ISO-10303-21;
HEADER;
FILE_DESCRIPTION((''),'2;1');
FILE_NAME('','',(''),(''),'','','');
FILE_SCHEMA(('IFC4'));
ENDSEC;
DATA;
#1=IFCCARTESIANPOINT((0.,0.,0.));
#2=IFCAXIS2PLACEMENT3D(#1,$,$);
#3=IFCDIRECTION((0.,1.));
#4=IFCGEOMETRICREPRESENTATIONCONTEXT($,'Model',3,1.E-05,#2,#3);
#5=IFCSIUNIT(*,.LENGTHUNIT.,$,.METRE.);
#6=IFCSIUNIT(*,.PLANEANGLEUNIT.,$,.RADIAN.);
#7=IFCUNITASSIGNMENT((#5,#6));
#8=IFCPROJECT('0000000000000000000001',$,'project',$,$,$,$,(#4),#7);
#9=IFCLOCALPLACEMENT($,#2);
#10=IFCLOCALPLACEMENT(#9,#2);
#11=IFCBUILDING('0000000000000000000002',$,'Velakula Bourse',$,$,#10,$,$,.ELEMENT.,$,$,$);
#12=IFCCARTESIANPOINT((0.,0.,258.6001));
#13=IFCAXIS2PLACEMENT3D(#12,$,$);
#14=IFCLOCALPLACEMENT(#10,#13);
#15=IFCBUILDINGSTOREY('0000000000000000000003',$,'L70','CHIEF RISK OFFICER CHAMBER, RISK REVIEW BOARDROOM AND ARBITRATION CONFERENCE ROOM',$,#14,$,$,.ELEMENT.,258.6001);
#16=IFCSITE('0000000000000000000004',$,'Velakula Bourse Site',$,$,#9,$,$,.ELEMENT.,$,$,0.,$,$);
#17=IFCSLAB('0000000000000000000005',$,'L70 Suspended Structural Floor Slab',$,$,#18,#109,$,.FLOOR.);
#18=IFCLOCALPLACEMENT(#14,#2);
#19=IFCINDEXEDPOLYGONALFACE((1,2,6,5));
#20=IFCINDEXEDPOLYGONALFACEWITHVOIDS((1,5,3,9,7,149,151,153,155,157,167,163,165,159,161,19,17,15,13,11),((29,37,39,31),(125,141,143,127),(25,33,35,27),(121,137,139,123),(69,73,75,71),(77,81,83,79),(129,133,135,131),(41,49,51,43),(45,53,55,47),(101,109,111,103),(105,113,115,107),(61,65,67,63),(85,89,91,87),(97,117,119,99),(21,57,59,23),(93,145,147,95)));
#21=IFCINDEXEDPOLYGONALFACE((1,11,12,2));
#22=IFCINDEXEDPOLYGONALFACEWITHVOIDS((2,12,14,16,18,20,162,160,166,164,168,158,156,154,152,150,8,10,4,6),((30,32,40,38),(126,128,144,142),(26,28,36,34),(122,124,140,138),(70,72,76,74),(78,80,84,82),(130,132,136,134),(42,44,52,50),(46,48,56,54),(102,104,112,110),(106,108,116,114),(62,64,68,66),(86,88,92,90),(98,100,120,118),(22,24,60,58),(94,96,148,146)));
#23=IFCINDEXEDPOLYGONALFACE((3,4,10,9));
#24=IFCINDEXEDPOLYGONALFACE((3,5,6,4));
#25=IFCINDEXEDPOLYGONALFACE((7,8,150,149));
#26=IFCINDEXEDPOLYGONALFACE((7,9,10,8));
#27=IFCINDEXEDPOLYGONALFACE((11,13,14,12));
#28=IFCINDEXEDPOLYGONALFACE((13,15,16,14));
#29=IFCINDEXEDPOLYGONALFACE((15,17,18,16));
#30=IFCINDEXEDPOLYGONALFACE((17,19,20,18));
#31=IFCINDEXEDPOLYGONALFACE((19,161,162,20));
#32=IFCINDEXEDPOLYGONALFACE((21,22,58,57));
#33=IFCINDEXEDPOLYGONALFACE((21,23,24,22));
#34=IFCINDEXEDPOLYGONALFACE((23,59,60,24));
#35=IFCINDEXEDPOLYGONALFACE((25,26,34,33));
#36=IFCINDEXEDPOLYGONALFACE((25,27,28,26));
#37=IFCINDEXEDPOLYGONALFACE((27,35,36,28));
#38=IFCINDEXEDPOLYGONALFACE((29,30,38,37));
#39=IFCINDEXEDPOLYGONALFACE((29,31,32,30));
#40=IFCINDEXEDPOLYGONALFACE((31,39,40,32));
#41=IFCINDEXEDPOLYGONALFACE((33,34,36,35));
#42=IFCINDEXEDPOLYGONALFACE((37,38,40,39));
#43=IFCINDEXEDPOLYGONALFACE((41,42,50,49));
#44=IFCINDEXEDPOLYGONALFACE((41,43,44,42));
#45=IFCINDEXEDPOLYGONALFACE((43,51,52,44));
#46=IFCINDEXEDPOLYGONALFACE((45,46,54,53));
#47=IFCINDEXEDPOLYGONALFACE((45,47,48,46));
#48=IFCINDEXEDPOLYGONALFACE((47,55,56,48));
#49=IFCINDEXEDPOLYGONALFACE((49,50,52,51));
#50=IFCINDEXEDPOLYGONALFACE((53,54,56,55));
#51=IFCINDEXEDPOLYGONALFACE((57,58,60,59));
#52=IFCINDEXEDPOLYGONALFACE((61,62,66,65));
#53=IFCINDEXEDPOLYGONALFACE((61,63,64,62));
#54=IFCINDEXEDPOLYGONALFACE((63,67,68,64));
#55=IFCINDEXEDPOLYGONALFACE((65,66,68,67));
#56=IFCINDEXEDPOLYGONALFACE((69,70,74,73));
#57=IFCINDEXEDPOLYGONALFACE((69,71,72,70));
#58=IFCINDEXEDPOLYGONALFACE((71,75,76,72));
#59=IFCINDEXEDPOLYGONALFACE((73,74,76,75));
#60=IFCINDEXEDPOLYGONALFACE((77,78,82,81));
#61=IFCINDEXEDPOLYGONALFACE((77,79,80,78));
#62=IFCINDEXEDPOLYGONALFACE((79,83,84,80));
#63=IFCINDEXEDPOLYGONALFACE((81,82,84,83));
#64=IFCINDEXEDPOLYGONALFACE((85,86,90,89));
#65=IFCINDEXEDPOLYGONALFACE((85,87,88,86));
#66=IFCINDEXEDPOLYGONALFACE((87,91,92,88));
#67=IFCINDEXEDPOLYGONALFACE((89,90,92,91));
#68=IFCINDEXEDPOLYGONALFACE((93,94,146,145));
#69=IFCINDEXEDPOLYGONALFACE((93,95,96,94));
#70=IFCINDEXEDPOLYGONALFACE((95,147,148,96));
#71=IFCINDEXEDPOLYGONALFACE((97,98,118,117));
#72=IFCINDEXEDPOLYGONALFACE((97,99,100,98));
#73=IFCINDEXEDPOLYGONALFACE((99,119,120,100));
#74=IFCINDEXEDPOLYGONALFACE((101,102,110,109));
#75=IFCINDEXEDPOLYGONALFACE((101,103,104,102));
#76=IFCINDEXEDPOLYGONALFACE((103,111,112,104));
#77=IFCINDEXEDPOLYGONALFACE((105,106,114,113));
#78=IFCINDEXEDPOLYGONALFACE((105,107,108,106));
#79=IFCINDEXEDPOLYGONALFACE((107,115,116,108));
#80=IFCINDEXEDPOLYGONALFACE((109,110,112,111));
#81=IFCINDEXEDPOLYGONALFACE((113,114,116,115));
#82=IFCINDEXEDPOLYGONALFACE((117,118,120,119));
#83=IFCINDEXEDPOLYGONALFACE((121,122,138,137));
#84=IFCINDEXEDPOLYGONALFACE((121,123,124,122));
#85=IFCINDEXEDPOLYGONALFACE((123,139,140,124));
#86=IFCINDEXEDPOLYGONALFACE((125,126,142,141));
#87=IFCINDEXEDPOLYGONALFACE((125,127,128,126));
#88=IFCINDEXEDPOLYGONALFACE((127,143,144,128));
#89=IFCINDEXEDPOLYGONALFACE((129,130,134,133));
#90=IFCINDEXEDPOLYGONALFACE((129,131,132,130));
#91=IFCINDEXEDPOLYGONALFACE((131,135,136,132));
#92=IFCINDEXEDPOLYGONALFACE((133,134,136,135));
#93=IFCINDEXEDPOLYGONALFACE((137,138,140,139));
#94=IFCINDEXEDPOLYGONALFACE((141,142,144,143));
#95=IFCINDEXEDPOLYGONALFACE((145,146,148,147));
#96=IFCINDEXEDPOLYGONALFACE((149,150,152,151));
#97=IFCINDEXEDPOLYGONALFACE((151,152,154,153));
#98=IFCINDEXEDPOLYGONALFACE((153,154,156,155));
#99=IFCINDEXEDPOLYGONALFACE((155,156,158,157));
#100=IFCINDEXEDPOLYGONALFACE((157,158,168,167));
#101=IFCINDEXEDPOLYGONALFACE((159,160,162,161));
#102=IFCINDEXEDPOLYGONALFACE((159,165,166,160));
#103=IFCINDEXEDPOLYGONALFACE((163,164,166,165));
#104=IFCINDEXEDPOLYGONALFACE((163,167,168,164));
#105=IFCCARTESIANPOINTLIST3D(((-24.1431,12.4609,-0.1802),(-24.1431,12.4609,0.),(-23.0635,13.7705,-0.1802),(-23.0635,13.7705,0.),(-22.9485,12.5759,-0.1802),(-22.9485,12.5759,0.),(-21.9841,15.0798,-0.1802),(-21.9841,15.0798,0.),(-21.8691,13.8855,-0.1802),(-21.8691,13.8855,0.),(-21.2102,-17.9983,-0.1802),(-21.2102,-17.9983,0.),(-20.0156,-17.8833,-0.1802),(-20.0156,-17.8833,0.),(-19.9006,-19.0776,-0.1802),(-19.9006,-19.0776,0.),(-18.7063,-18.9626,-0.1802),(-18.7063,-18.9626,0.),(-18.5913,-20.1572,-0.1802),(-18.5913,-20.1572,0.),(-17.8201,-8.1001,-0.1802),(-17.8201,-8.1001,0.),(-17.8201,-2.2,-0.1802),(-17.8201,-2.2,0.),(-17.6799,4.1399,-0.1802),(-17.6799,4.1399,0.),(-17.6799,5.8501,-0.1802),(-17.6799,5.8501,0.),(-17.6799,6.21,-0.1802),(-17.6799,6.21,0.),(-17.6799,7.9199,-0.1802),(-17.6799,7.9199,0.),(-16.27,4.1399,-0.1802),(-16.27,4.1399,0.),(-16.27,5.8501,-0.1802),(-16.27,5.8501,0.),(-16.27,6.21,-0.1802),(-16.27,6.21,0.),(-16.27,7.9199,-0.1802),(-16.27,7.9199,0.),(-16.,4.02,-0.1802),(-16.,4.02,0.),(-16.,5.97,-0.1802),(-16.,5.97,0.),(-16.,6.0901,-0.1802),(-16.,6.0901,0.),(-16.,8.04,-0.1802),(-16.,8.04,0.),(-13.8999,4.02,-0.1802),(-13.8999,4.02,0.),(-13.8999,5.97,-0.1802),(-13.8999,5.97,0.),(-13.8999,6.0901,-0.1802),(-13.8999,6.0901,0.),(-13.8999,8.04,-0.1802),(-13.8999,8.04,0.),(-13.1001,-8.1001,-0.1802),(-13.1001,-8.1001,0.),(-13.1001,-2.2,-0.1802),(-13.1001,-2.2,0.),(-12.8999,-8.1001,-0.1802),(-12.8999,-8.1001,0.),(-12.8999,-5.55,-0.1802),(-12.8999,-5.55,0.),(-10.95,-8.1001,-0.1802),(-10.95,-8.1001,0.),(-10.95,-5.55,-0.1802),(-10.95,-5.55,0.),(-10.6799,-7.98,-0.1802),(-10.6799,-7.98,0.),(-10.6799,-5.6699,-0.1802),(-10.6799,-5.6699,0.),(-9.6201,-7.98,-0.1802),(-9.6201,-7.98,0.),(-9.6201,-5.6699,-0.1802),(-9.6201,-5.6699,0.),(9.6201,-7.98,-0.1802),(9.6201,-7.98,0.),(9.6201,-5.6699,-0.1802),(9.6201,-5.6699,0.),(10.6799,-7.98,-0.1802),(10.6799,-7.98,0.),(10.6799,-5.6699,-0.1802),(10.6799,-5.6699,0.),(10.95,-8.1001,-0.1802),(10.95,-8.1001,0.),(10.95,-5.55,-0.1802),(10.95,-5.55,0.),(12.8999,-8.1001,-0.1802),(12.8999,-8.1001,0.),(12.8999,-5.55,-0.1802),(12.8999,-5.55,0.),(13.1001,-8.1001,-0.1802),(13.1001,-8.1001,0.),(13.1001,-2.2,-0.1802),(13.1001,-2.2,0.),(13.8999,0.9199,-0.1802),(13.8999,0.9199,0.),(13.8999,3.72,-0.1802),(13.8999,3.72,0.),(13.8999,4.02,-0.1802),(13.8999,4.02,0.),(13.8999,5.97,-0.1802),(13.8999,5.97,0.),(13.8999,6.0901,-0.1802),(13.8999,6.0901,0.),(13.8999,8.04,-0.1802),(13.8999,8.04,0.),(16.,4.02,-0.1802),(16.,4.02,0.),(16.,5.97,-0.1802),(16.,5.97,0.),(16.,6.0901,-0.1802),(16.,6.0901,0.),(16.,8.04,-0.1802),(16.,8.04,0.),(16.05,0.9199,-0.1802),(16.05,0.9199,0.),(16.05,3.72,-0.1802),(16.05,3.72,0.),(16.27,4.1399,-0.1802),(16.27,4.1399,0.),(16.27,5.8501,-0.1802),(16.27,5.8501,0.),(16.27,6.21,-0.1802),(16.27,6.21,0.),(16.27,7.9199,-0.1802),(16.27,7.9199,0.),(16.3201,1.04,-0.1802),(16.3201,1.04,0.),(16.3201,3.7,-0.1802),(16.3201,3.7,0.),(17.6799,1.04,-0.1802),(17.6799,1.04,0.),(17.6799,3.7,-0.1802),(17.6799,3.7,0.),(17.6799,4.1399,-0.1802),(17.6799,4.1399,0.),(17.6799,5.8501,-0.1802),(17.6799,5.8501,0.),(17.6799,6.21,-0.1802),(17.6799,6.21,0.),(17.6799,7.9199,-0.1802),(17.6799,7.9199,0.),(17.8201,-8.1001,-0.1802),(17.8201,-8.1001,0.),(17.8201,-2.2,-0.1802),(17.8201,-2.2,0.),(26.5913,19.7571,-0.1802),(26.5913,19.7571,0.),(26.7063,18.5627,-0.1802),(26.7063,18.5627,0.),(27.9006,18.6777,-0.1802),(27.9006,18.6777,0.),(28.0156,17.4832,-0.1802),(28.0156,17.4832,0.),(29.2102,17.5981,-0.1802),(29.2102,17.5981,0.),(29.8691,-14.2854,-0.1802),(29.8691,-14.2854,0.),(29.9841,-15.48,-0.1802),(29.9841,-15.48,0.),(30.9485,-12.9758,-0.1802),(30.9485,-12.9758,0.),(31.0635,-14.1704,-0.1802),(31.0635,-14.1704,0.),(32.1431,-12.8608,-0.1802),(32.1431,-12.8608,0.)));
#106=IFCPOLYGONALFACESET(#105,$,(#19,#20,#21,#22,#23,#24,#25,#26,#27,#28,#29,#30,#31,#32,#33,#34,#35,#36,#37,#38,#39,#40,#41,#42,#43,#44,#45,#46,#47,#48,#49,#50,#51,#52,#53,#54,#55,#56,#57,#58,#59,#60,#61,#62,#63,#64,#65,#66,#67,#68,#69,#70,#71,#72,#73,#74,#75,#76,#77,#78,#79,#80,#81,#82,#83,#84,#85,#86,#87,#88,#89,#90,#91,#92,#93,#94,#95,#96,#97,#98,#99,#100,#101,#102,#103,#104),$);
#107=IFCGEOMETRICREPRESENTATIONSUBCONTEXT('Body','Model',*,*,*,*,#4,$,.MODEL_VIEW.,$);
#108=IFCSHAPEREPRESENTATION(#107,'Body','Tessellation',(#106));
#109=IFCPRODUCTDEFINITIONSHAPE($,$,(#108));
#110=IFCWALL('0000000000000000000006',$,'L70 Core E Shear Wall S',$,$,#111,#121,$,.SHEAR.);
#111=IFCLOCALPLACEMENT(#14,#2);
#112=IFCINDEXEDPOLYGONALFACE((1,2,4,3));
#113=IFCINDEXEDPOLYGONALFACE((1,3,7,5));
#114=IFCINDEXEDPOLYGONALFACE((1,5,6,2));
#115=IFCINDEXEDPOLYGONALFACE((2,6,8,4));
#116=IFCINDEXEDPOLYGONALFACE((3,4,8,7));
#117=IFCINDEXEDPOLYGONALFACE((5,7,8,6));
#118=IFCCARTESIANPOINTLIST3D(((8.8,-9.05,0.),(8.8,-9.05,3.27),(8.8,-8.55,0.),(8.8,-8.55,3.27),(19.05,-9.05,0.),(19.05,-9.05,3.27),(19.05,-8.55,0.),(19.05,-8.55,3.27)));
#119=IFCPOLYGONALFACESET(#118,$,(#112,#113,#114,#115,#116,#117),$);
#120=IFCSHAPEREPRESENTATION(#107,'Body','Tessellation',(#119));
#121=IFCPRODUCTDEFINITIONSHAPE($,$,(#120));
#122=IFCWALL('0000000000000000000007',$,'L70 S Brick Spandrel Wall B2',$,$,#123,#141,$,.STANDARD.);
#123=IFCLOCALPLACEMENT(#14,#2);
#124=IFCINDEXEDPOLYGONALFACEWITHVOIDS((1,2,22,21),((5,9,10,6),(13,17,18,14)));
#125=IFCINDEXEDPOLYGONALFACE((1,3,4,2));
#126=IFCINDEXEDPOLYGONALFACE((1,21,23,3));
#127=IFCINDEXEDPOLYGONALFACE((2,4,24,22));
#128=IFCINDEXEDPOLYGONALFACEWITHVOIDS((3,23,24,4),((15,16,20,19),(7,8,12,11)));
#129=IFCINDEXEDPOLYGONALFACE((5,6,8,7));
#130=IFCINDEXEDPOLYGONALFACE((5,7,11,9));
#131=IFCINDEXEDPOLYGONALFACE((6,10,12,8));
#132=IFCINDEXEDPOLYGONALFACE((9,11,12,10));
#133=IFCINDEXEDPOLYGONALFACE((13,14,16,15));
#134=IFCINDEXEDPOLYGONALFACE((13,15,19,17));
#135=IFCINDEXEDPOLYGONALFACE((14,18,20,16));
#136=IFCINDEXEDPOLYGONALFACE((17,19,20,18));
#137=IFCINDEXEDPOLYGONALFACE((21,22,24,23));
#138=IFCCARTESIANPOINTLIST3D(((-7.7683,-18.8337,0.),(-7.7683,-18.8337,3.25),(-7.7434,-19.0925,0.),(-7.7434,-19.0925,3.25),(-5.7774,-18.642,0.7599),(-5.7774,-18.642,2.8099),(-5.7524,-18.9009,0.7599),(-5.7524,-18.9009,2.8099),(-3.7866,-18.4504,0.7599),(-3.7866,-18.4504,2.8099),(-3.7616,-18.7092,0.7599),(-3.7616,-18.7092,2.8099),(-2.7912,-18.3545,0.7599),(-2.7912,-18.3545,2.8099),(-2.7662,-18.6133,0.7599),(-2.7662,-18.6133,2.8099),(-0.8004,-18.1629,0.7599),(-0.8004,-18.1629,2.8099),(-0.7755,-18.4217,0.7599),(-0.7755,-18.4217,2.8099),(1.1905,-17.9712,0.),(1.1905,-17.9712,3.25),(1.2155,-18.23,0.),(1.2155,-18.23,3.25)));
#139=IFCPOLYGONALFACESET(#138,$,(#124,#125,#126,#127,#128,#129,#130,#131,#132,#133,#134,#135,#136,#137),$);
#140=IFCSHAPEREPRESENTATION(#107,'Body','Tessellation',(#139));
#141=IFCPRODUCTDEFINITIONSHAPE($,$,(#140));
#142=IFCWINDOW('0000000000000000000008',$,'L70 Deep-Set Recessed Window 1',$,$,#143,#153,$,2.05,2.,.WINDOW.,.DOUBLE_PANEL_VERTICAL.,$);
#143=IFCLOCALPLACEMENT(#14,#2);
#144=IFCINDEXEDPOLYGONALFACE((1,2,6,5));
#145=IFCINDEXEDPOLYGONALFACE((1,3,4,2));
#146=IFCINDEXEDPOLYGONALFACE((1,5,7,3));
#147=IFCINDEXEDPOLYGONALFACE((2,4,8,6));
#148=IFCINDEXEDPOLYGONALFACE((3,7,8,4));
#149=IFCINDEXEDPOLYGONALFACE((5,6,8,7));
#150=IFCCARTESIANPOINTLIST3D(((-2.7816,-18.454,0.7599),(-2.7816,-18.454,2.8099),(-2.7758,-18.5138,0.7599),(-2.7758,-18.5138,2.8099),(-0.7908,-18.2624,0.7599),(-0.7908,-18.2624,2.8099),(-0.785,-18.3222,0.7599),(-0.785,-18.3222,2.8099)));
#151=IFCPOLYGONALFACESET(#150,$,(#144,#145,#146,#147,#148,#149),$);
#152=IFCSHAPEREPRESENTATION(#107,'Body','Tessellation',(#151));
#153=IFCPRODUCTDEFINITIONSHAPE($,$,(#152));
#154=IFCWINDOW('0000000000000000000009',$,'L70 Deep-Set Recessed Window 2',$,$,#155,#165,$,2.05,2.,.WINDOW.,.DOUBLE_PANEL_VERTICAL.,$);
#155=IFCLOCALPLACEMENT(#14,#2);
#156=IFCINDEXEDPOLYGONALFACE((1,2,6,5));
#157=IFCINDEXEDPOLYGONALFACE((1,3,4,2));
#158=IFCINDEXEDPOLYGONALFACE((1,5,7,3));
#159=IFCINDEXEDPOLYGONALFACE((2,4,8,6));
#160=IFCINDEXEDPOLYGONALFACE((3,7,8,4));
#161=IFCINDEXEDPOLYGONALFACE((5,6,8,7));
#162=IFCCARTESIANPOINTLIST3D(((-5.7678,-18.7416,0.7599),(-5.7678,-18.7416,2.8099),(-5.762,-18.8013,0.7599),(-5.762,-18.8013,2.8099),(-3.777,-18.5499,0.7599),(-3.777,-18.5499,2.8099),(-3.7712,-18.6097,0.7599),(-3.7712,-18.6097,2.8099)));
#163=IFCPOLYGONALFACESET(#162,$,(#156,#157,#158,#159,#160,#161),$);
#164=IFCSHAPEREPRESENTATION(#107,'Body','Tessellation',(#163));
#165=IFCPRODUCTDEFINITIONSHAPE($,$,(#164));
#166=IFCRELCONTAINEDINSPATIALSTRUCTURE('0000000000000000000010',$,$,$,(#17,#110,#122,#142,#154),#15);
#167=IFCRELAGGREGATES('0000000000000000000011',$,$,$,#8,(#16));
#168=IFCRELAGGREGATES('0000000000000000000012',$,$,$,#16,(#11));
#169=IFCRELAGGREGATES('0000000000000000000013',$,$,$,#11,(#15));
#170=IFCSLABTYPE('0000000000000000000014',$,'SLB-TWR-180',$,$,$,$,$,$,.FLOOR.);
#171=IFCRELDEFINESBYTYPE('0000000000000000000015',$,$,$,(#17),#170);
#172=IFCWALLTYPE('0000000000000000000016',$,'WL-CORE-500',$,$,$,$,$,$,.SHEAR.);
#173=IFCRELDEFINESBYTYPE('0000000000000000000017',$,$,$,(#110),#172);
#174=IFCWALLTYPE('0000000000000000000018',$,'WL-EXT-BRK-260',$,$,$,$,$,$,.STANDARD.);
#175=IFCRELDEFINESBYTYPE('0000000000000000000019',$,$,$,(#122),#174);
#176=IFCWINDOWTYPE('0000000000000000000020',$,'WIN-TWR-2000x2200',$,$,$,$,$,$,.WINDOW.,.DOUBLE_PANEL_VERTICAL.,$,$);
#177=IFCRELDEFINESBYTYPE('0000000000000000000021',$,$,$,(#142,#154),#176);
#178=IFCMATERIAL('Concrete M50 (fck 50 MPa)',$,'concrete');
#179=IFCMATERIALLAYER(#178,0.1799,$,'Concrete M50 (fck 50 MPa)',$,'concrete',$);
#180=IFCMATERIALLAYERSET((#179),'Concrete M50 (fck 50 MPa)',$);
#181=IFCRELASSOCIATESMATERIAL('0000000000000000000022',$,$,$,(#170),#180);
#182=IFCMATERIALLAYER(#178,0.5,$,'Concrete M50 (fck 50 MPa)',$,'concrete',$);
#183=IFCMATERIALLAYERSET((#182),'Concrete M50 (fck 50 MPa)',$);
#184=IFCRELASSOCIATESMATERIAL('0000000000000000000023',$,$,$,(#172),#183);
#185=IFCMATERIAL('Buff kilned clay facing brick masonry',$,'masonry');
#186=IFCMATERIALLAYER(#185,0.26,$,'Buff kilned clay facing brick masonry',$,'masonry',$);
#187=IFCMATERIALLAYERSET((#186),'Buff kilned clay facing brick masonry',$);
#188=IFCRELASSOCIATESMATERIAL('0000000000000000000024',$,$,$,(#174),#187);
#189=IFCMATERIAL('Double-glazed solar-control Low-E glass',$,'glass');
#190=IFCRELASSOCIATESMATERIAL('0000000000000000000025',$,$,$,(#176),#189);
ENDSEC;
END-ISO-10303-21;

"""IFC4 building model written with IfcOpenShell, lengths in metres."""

from ifc_helpers import new_model, si_unit, direction, frame, frame_2d, origin, place, context, subcontext, project, spatial, polyline, rectangle, outline, extrude, material, layer, layer_set, type_object, element, fill, save


model = new_model("IFC4")

# Units and contexts
model_context = context("Model", 3, precision=1e-05, world=origin(), true_north=direction((0.0, 1.0)))
body_context = subcontext(model_context, "Body", "Model", "MODEL_VIEW")
ifc_project = project(units=[si_unit("LENGTHUNIT", "METRE"), si_unit("PLANEANGLEUNIT", "RADIAN")], contexts=[model_context])

# Site, building, storey
site_placement = place(None, origin())
site = spatial("IfcSite", under=ifc_project, at=site_placement, Name="Velakula Bourse Site", CompositionType="ELEMENT", RefElevation=0.0)
building_placement = place(site_placement, origin())
building = spatial("IfcBuilding", under=site, at=building_placement, Name="Velakula Bourse", CompositionType="ELEMENT")
storey_placement = place(building_placement, frame((0.0, 0.0, 258.6001)))
storey = spatial("IfcBuildingStorey", under=building, at=storey_placement, Name="L70", Description="CHIEF RISK OFFICER CHAMBER, RISK REVIEW BOARDROOM AND ARBITRATION CONFERENCE ROOM", CompositionType="ELEMENT", Elevation=258.6001)

# Slab
ifc_material_1 = material(Name="Concrete M50 (fck 50 MPa)", Category="concrete")
ifc_layer_1 = layer(ifc_material_1, 0.1799, Name="Concrete M50 (fck 50 MPa)", Category="concrete")
ifc_layer_set_1 = layer_set([ifc_layer_1], Name="Concrete M50 (fck 50 MPa)")
slab_type = type_object("IfcSlabType", Name="SLB-TWR-180", PredefinedType="FLOOR", material=ifc_layer_set_1)
slab_placement = place(storey_placement, frame((0.0, 0.0, -0.1802)))
element("IfcSlab", 1, at=slab_placement, inside=storey, type_object=slab_type, Name="L70 Suspended Structural Floor Slab", PredefinedType="FLOOR", context=body_context, shape_type="SweptSolid", body=[
    extrude(outline(polyline([(-18.5913, -20.1572), (29.9841, -15.48), (29.8691, -14.2854), (31.0635, -14.1704), (30.9485, -12.9758), (32.1431, -12.8608), (29.2102, 17.5981), (28.0156, 17.4832), (27.9006, 18.6777), (26.7063, 18.5627), (26.5913, 19.7571), (-21.9841, 15.0798), (-21.8691, 13.8855), (-23.0635, 13.7705), (-22.9485, 12.5759), (-24.1431, 12.4609), (-21.2102, -17.9983), (-20.0156, -17.8833), (-19.9006, -19.0776), (-18.7063, -18.9626), (-18.5913, -20.1572)]), holes=[polyline([(-17.8201, -8.1001), (-13.1001, -8.1001), (-13.1001, -2.2), (-17.8201, -2.2), (-17.8201, -8.1001)]), polyline([(13.1001, -8.1001), (17.8201, -8.1001), (17.8201, -2.2), (13.1001, -2.2), (13.1001, -8.1001)]), polyline([(-12.8999, -8.1001), (-10.95, -8.1001), (-10.95, -5.55), (-12.8999, -5.55), (-12.8999, -8.1001)]), polyline([(10.95, -8.1001), (12.8999, -8.1001), (12.8999, -5.55), (10.95, -5.55), (10.95, -8.1001)]), polyline([(13.8999, 0.9199), (16.05, 0.9199), (16.05, 3.72), (13.8999, 3.72), (13.8999, 0.9199)]), polyline([(-10.6799, -7.98), (-9.6201, -7.98), (-9.6201, -5.6699), (-10.6799, -5.6699), (-10.6799, -7.98)]), polyline([(-17.6799, 4.1399), (-16.27, 4.1399), (-16.27, 5.8501), (-17.6799, 5.8501), (-17.6799, 4.1399)]), polyline([(-17.6799, 6.21), (-16.27, 6.21), (-16.27, 7.9199), (-17.6799, 7.9199), (-17.6799, 6.21)]), polyline([(9.6201, -7.98), (10.6799, -7.98), (10.6799, -5.6699), (9.6201, -5.6699), (9.6201, -7.98)]), polyline([(16.27, 4.1399), (17.6799, 4.1399), (17.6799, 5.8501), (16.27, 5.8501), (16.27, 4.1399)]), polyline([(16.27, 6.21), (17.6799, 6.21), (17.6799, 7.9199), (16.27, 7.9199), (16.27, 6.21)]), polyline([(16.3201, 1.04), (17.6799, 1.04), (17.6799, 3.7), (16.3201, 3.7), (16.3201, 1.04)]), polyline([(-16.0, 4.02), (-13.8999, 4.02), (-13.8999, 5.97), (-16.0, 5.97), (-16.0, 4.02)]), polyline([(-16.0, 6.0901), (-13.8999, 6.0901), (-13.8999, 8.04), (-16.0, 8.04), (-16.0, 6.0901)]), polyline([(13.8999, 4.02), (16.0, 4.02), (16.0, 5.97), (13.8999, 5.97), (13.8999, 4.02)]), polyline([(13.8999, 6.0901), (16.0, 6.0901), (16.0, 8.04), (13.8999, 8.04), (13.8999, 6.0901)])]), origin(), (0.0, 0.0, 1.0), 0.1802),
])

# Wall
ifc_layer_2 = layer(ifc_material_1, 0.5, Name="Concrete M50 (fck 50 MPa)", Category="concrete")
ifc_layer_set_2 = layer_set([ifc_layer_2], Name="Concrete M50 (fck 50 MPa)")
wall_type_1 = type_object("IfcWallType", Name="WL-CORE-500", PredefinedType="SHEAR", material=ifc_layer_set_2)
wall_1_placement = place(storey_placement, frame((8.8, -8.8, 0.0), z_axis=(0.0, 0.0, 1.0), x_axis=(1.0, 0.0, 0.0)))
element("IfcWall", 2, at=wall_1_placement, inside=storey, type_object=wall_type_1, Name="L70 Core E Shear Wall S", PredefinedType="SHEAR", context=body_context, shape_type="SweptSolid", body=[
    extrude(rectangle(XDim=10.25, YDim=0.5, at=frame_2d((5.125, 0.0))), origin(), (0.0, 0.0, 1.0), 3.27),
])

# Wall, openings, windows
ifc_material_2 = material(Name="Buff kilned clay facing brick masonry", Category="masonry")
ifc_layer_3 = layer(ifc_material_2, 0.26, Name="Buff kilned clay facing brick masonry", Category="masonry")
ifc_layer_set_3 = layer_set([ifc_layer_3], Name="Buff kilned clay facing brick masonry")
wall_type_2 = type_object("IfcWallType", Name="WL-EXT-BRK-260", PredefinedType="STANDARD", material=ifc_layer_set_3)
wall_2_placement = place(storey_placement, frame((1.2029, -18.1006, 0.0), z_axis=(0.0, 0.0, 1.0), x_axis=(-0.995397, -0.095837, 0.0)))
wall_2 = element("IfcWall", 3, at=wall_2_placement, inside=storey, type_object=wall_type_2, Name="L70 S Brick Spandrel Wall B2", PredefinedType="STANDARD", context=body_context, shape_type="SweptSolid", body=[
    extrude(rectangle(XDim=9.0002, YDim=0.26, at=frame_2d((4.5, 0.0))), origin(), (0.0, 0.0, 1.0), 3.25),
])
opening_1_placement = place(wall_2_placement, frame((2.0, 0.0, 0.76)))
opening_1 = element("IfcOpeningElement", 4, at=opening_1_placement, cuts=wall_2, PredefinedType="OPENING", context=body_context, shape_type="SweptSolid", body=[
    extrude(rectangle(XDim=2.0, YDim=2.05, at=frame_2d((1.0, 1.0249))), frame((0.0, 0.1399, 0.0), z_axis=(0.0, -1.0, 0.0), x_axis=(1.0, 0.0, 0.0)), (0.0, 0.0, 1.0), 0.28),
])
opening_2_placement = place(wall_2_placement, frame((5.0, 0.0, 0.76)))
opening_2 = element("IfcOpeningElement", 5, at=opening_2_placement, cuts=wall_2, PredefinedType="OPENING", context=body_context, shape_type="SweptSolid", body=[
    extrude(rectangle(XDim=2.0, YDim=2.05, at=frame_2d((1.0, 1.0249))), frame((0.0, 0.1399, 0.0), z_axis=(0.0, -1.0, 0.0), x_axis=(1.0, 0.0, 0.0)), (0.0, 0.0, 1.0), 0.28),
])
ifc_material_3 = material(Name="Double-glazed solar-control Low-E glass", Category="glass")
window_type = type_object("IfcWindowType", Name="WIN-TWR-2000x2200", PartitioningType="DOUBLE_PANEL_VERTICAL", PredefinedType="WINDOW", material=ifc_material_3)
window_1_placement = place(opening_1_placement, origin())
window_1 = element("IfcWindow", 6, at=window_1_placement, inside=storey, type_object=window_type, Name="L70 Deep-Set Recessed Window 1", OverallHeight=2.05, OverallWidth=2.0, PartitioningType="DOUBLE_PANEL_VERTICAL", PredefinedType="WINDOW", context=body_context, shape_type="SweptSolid", body=[
    extrude(rectangle(XDim=2.0, YDim=2.05, at=frame_2d((1.0, 1.0249))), frame((0.0, 0.03, 0.0), z_axis=(0.0, -1.0, 0.0), x_axis=(1.0, 0.0, 0.0)), (0.0, 0.0, 1.0), 0.0601),
])
fill(opening_1, window_1)
window_2_placement = place(opening_2_placement, origin())
window_2 = element("IfcWindow", 7, at=window_2_placement, inside=storey, type_object=window_type, Name="L70 Deep-Set Recessed Window 2", OverallHeight=2.05, OverallWidth=2.0, PartitioningType="DOUBLE_PANEL_VERTICAL", PredefinedType="WINDOW", context=body_context, shape_type="SweptSolid", body=[
    extrude(rectangle(XDim=2.0, YDim=2.05, at=frame_2d((1.0, 1.0249))), frame((0.0, 0.03, 0.0), z_axis=(0.0, -1.0, 0.0), x_axis=(1.0, 0.0, 0.0)), (0.0, 0.0, 1.0), 0.0601),
])
fill(opening_2, window_2)

save(model, "model.ifc")
